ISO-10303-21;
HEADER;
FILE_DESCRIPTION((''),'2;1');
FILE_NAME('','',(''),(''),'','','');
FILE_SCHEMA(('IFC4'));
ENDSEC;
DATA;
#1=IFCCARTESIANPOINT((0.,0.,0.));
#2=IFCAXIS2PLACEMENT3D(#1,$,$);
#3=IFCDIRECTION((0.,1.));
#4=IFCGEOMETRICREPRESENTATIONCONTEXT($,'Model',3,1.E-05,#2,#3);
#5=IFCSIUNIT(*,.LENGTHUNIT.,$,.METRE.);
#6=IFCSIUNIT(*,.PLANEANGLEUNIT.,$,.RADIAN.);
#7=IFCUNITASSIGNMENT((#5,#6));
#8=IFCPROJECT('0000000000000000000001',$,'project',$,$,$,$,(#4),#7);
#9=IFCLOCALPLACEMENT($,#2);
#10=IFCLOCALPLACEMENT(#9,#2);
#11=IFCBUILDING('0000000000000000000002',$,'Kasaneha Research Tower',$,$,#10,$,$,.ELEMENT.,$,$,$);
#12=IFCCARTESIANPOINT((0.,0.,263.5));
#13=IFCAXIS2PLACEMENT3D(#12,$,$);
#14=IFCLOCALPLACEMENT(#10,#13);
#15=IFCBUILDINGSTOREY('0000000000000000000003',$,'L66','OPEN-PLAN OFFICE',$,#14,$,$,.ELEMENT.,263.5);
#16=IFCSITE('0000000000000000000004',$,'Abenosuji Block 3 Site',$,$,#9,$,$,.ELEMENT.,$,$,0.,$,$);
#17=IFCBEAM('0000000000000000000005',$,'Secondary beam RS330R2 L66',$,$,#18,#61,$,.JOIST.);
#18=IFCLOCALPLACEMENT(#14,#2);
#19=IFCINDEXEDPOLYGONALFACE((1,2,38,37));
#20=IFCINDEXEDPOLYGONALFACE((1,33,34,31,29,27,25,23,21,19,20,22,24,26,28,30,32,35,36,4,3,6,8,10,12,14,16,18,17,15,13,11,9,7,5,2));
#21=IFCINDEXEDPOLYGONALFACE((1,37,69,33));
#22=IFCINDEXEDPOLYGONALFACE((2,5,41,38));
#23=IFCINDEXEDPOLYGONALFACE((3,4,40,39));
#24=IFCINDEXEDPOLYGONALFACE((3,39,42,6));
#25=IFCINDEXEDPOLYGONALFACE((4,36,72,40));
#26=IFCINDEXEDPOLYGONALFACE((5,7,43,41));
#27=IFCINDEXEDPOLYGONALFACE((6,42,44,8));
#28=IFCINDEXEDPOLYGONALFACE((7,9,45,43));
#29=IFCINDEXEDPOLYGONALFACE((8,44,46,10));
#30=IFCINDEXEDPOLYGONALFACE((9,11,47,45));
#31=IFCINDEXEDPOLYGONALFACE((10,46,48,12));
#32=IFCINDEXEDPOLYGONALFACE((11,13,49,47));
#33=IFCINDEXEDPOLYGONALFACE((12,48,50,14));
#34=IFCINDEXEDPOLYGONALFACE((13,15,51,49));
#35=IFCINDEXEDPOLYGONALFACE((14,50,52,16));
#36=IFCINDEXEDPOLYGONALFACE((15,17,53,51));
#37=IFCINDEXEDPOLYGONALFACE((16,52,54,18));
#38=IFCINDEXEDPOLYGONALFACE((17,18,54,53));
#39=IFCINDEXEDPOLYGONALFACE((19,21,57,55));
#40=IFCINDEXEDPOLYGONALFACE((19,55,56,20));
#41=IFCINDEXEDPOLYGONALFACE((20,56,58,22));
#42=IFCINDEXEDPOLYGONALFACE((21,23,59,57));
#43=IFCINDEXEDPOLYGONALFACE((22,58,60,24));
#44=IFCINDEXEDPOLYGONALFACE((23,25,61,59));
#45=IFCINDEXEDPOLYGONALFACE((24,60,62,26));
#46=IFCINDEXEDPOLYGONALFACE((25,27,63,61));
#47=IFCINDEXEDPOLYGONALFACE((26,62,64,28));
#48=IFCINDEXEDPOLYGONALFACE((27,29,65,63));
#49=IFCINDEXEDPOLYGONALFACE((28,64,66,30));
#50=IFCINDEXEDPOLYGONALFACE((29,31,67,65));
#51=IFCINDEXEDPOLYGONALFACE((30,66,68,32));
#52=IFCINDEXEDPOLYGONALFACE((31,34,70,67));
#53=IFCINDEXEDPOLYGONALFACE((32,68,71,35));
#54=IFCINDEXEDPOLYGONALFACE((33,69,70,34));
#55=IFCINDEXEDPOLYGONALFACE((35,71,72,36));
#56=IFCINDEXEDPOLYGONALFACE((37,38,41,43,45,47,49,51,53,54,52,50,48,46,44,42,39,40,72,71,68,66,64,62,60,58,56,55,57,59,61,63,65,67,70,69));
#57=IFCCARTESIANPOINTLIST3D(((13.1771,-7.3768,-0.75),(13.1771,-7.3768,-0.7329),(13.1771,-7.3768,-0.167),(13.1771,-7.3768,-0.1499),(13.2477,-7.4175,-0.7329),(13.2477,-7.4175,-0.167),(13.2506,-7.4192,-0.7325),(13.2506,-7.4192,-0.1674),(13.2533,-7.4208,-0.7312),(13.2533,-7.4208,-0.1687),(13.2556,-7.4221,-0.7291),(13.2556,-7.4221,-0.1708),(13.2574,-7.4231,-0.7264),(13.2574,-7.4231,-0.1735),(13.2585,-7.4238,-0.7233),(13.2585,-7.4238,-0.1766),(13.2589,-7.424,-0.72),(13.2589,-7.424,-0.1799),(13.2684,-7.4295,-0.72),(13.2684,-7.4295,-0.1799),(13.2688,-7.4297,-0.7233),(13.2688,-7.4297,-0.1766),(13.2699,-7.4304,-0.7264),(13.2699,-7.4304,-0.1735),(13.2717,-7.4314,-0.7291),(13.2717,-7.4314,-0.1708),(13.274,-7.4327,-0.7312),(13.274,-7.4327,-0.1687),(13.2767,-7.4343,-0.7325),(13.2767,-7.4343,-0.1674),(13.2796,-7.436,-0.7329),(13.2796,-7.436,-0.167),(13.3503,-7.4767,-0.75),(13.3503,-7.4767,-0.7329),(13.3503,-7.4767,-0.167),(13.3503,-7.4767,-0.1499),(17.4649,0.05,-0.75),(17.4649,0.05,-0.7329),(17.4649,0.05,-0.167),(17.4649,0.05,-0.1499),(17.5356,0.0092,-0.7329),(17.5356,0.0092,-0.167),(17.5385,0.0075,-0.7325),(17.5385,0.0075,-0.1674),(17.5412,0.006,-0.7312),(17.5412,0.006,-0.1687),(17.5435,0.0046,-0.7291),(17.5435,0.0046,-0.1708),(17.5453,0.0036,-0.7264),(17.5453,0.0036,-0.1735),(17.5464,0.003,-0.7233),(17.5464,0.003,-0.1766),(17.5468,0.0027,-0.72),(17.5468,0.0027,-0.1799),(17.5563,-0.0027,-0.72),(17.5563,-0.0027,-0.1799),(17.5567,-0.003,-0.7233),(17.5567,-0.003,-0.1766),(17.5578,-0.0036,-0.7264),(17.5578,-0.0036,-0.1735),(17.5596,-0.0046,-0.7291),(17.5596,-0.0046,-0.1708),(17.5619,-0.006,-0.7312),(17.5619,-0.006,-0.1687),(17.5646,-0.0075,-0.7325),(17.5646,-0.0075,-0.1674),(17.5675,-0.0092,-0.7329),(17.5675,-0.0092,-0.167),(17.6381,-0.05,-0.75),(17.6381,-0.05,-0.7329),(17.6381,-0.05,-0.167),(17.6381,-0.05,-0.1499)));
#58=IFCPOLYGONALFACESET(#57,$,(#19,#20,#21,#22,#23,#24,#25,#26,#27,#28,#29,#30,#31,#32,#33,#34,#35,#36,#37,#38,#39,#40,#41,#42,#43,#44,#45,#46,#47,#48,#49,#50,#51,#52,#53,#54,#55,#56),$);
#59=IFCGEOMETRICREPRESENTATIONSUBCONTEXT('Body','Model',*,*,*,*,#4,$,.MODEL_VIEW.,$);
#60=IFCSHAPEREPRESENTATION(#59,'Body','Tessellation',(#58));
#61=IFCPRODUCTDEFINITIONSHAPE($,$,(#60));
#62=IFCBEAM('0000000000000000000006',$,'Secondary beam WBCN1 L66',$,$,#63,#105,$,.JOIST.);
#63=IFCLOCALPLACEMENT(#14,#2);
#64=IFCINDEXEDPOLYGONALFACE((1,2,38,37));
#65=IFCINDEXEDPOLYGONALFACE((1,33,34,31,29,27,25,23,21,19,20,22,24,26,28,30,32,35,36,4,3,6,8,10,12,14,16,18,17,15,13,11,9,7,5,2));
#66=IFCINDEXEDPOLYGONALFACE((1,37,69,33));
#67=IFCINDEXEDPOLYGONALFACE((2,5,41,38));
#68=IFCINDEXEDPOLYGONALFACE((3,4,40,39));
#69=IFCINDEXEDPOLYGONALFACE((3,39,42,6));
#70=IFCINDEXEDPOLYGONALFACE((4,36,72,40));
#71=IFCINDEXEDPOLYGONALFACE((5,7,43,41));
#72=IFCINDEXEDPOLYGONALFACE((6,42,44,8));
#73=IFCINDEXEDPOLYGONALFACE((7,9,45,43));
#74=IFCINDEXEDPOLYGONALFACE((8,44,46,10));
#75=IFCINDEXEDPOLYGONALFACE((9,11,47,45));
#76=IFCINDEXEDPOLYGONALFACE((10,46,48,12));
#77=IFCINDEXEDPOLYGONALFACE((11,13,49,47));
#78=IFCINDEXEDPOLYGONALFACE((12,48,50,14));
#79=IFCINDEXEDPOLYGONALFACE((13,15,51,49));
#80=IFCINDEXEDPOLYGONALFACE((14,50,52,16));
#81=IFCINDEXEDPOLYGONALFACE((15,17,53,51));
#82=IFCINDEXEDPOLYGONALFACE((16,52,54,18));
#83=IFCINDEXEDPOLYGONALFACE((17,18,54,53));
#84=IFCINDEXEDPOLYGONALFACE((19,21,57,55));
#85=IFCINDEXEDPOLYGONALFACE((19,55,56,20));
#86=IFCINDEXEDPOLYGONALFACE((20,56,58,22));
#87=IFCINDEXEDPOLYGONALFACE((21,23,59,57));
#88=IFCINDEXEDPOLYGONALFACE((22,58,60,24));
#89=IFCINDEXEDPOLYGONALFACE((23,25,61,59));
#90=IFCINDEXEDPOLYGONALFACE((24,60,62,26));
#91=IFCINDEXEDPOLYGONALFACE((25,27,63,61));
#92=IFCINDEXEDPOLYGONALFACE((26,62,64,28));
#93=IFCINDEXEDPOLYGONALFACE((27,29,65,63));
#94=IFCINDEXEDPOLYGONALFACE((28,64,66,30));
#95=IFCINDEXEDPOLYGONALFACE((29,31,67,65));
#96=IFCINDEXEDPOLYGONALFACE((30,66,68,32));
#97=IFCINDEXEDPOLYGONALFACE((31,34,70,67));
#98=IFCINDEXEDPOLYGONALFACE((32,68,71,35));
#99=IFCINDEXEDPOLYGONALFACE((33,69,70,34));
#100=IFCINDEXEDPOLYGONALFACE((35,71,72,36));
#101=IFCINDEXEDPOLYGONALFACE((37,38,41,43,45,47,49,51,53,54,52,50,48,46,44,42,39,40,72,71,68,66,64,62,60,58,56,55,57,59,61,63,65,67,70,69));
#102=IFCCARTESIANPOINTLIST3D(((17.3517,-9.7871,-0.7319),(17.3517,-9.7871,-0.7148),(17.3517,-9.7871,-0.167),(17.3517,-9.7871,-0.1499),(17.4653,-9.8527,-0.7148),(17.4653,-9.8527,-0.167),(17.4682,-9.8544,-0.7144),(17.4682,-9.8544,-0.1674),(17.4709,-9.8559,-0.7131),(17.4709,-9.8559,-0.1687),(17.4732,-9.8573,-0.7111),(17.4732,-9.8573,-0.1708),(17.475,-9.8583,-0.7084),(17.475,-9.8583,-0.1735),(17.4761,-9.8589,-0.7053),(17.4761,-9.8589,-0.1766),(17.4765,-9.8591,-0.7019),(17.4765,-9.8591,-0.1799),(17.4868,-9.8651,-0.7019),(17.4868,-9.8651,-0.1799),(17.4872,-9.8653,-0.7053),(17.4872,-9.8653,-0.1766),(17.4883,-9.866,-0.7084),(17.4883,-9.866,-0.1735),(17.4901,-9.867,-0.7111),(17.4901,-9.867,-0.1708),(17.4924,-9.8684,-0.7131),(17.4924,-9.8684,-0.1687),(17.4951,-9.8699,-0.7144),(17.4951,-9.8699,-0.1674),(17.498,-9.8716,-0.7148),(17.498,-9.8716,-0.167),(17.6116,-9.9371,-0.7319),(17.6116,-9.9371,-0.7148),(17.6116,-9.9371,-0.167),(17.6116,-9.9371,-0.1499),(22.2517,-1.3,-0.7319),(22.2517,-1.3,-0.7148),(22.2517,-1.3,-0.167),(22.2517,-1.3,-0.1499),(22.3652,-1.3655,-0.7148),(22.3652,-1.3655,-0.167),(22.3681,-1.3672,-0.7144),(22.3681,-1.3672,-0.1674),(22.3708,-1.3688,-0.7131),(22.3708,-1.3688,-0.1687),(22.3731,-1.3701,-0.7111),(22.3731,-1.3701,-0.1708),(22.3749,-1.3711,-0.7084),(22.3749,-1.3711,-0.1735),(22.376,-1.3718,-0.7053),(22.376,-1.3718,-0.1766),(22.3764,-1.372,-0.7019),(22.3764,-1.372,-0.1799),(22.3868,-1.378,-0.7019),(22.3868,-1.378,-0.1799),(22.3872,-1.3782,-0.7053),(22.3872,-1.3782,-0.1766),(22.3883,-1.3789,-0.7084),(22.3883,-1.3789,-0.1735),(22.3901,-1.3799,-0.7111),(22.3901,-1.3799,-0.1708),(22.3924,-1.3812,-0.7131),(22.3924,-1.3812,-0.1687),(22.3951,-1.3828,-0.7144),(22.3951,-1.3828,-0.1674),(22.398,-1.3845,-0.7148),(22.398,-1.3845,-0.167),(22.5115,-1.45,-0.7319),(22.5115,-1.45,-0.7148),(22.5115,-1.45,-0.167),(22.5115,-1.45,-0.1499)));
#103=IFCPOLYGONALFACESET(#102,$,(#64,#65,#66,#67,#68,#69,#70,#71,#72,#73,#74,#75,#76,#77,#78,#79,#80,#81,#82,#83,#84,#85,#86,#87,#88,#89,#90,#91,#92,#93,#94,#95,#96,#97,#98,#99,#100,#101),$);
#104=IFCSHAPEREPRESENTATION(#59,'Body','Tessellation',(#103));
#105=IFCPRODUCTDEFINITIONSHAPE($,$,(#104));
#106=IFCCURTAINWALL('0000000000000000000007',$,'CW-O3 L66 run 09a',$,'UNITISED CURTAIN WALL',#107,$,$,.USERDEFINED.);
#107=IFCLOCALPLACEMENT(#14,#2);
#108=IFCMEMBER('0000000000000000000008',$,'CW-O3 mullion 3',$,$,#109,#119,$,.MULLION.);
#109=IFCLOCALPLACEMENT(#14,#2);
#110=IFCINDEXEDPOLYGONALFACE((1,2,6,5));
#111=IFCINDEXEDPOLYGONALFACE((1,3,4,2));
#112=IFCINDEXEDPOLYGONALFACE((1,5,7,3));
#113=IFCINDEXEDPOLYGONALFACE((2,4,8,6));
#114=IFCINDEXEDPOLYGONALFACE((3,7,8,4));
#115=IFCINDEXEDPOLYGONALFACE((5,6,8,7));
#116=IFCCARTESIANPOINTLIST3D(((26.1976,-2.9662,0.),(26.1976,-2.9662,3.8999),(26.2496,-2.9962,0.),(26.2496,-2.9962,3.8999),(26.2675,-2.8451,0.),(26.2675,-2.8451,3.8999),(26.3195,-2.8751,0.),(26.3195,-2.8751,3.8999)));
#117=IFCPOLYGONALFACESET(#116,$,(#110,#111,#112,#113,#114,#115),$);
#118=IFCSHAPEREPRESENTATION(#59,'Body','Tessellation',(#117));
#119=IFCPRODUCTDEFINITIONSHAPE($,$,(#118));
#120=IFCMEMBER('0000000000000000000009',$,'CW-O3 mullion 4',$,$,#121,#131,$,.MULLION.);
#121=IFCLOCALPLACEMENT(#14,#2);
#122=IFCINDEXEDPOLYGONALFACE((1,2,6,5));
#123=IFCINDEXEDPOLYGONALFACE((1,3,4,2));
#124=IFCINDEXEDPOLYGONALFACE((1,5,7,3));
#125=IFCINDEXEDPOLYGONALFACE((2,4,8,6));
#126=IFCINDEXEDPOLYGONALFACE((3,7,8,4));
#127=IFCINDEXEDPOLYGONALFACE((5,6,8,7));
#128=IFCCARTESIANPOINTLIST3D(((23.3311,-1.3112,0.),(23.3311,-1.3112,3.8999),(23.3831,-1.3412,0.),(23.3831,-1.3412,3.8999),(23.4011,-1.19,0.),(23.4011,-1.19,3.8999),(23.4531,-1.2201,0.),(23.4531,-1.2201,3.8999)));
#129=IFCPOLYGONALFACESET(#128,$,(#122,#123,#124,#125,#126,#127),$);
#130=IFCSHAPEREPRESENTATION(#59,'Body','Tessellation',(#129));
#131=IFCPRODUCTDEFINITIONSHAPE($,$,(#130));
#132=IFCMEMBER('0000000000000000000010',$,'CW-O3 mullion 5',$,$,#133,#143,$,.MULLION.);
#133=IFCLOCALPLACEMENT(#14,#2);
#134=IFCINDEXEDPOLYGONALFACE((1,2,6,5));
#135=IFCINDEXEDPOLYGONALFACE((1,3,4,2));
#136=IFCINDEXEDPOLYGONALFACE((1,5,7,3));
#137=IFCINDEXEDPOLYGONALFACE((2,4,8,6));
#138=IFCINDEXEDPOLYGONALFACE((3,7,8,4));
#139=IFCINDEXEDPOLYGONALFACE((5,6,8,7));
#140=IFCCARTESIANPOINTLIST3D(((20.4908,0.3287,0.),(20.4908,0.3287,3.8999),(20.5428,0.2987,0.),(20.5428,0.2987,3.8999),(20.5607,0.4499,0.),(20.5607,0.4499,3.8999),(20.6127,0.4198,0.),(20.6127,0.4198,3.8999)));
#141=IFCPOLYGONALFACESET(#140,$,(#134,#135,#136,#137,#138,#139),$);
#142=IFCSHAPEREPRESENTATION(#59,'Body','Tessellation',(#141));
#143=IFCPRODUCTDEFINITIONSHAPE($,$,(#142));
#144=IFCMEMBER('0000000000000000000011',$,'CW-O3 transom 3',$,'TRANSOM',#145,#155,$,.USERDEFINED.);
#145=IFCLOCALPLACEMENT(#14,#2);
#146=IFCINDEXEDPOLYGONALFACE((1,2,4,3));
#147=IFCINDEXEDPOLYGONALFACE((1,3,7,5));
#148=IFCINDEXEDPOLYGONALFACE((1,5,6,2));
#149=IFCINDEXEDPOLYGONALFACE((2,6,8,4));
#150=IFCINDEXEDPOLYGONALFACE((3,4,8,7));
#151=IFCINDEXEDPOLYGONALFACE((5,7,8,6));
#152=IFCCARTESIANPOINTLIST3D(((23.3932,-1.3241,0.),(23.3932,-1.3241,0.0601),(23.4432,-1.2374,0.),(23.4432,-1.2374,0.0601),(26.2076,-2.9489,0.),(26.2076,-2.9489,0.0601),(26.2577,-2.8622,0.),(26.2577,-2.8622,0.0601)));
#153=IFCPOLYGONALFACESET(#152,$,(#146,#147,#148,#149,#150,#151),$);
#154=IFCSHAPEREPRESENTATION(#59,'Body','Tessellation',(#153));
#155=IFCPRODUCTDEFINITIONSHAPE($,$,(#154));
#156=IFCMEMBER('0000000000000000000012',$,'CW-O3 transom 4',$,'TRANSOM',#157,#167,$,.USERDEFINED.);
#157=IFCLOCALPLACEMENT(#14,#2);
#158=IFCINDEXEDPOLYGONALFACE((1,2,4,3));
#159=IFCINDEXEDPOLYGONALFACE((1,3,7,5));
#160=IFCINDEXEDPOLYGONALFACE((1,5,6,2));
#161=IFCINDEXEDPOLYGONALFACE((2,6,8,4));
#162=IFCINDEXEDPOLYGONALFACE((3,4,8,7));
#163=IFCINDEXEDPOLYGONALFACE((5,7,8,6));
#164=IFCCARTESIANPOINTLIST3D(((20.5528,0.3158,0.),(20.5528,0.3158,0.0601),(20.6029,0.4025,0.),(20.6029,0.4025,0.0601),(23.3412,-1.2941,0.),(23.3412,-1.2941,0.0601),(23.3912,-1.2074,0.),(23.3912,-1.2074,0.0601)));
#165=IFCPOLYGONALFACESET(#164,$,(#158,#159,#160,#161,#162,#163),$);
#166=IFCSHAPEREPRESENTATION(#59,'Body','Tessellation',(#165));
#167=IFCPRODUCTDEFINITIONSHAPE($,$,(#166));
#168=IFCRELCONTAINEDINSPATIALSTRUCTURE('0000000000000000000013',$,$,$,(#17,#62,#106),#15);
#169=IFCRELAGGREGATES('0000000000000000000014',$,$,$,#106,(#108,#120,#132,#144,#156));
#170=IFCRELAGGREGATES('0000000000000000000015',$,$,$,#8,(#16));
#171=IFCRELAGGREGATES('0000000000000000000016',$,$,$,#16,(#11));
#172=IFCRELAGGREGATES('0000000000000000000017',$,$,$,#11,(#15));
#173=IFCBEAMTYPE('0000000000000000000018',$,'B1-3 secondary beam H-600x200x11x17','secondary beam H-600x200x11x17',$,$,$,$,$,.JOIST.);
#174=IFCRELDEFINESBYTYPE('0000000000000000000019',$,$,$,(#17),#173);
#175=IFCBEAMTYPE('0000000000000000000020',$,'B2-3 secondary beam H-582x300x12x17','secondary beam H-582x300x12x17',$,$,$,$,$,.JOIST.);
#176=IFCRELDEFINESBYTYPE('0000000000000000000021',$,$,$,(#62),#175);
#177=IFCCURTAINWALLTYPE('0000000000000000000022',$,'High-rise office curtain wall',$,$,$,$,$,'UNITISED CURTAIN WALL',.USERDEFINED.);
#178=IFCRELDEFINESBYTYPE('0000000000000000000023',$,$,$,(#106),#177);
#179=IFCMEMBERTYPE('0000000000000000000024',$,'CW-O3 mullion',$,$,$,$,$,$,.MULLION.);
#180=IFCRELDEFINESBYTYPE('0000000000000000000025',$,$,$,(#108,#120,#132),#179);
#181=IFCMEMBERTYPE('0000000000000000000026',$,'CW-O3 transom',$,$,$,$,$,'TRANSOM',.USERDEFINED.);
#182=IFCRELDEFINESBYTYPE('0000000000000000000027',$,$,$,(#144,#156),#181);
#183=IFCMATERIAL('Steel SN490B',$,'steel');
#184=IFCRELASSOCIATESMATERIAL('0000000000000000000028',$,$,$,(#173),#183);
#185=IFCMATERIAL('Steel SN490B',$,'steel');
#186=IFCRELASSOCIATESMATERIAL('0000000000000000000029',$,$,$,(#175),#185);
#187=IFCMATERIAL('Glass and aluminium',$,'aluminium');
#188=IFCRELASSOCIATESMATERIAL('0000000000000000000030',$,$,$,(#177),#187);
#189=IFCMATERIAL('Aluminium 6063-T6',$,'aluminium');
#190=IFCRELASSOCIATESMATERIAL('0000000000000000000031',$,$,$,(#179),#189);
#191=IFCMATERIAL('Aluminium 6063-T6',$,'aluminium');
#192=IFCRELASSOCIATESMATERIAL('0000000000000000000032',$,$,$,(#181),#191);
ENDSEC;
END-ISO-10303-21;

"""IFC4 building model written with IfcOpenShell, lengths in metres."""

from ifc_helpers import new_model, si_unit, direction, frame, origin, origin_2d, place, context, subcontext, project, spatial, rectangle, i_section, extrude, material, material_profile, profile_set, type_object, element, aggregate, save


model = new_model("IFC4")

# Units and contexts
model_context = context("Model", 3, precision=1e-05, world=origin(), true_north=direction((0.0, 1.0)))
body_context = subcontext(model_context, "Body", "Model", "MODEL_VIEW")
ifc_project = project(units=[si_unit("LENGTHUNIT", "METRE"), si_unit("PLANEANGLEUNIT", "RADIAN")], contexts=[model_context])

# Site, building, storey
site_placement = place(None, origin())
site = spatial("IfcSite", under=ifc_project, at=site_placement, Name="Abenosuji Block 3 Site", CompositionType="ELEMENT", RefElevation=0.0)
building_placement = place(site_placement, origin())
building = spatial("IfcBuilding", under=site, at=building_placement, Name="Kasaneha Research Tower", CompositionType="ELEMENT")
storey_placement = place(building_placement, frame((0.0, 0.0, 263.5)))
storey = spatial("IfcBuildingStorey", under=building, at=storey_placement, Name="L66", Description="OPEN-PLAN OFFICE", CompositionType="ELEMENT", Elevation=263.5)

# Beams
ifc_material_1 = material(Name="Steel SN490B", Category="steel")
ifc_material_profile_1 = material_profile(ifc_material_1, i_section(OverallWidth=0.2, OverallDepth=0.6001, WebThickness=0.011, FlangeThickness=0.0171, FilletRadius=0.0129, at=origin_2d()), Name="H-600x200x11x17")
ifc_profile_set_1 = profile_set([ifc_material_profile_1], Name="Steel SN490B")
beam_type_1 = type_object("IfcBeamType", Name="B1-3 secondary beam H-600x200x11x17", Description="secondary beam H-600x200x11x17", PredefinedType="JOIST", material=ifc_profile_set_1)
beam_1_placement = place(storey_placement, frame((17.5515, 0.0, -0.45), z_axis=(-0.5, -0.866025, 0.0), x_axis=(0.866025, -0.5, 0.0)))
element("IfcBeam", 1, at=beam_1_placement, inside=storey, type_object=beam_type_1, Name="Secondary beam RS330R2 L66", PredefinedType="JOIST", context=body_context, shape_type="SweptSolid", body=[
    extrude(i_section(OverallWidth=0.2, OverallDepth=0.6001, WebThickness=0.011, FlangeThickness=0.0171, FilletRadius=0.0129, at=origin_2d()), origin(), (0.0, 0.0, 1.0), 8.5757),
])
ifc_material_2 = material(Name="Steel SN490B", Category="steel")
ifc_material_profile_2 = material_profile(ifc_material_2, i_section(OverallWidth=0.3, OverallDepth=0.582, WebThickness=0.012, FlangeThickness=0.0171, FilletRadius=0.0129, at=origin_2d()), Name="H-582x300x12x17")
ifc_profile_set_2 = profile_set([ifc_material_profile_2], Name="Steel SN490B")
beam_type_2 = type_object("IfcBeamType", Name="B2-3 secondary beam H-582x300x12x17", Description="secondary beam H-582x300x12x17", PredefinedType="JOIST", material=ifc_profile_set_2)
beam_2_placement = place(storey_placement, frame((22.3816, -1.375, -0.4409), z_axis=(-0.499992, -0.86603, 0.0), x_axis=(0.86603, -0.499992, 0.0)))
element("IfcBeam", 2, at=beam_2_placement, inside=storey, type_object=beam_type_2, Name="Secondary beam WBCN1 L66", PredefinedType="JOIST", context=body_context, shape_type="SweptSolid", body=[
    extrude(i_section(OverallWidth=0.3, OverallDepth=0.582, WebThickness=0.012, FlangeThickness=0.0171, FilletRadius=0.0129, at=origin_2d()), origin(), (0.0, 0.0, 1.0), 9.8),
])

# Curtain wall, members
ifc_material_3 = material(Name="Glass and aluminium", Category="aluminium")
curtain_wall_type = type_object("IfcCurtainWallType", Name="High-rise office curtain wall", ElementType="UNITISED CURTAIN WALL", PredefinedType="USERDEFINED", material=ifc_material_3)
curtain_wall_placement = place(storey_placement, origin())
curtain_wall = element("IfcCurtainWall", 3, at=curtain_wall_placement, inside=storey, type_object=curtain_wall_type, Name="CW-O3 L66 run 09a", ObjectType="UNITISED CURTAIN WALL", PredefinedType="USERDEFINED")
ifc_material_4 = material(Name="Aluminium 6063-T6", Category="aluminium")
ifc_material_profile_3 = material_profile(ifc_material_4, rectangle(XDim=0.0601, YDim=0.1399, at=origin_2d()), Name="CW-O3 mullion 60x140")
ifc_profile_set_3 = profile_set([ifc_material_profile_3], Name="Aluminium 6063-T6")
member_type_1 = type_object("IfcMemberType", Name="CW-O3 mullion", PredefinedType="MULLION", material=ifc_profile_set_3)
member_1_placement = place(storey_placement, frame((26.2585, -2.9207, 0.0), z_axis=(0.0, 0.0, 1.0), x_axis=(-0.866025, 0.5, 0.0)))
member_1 = element("IfcMember", 4, at=member_1_placement, type_object=member_type_1, Name="CW-O3 mullion 3", PredefinedType="MULLION", context=body_context, shape_type="SweptSolid", body=[
    extrude(rectangle(XDim=0.0601, YDim=0.1399, at=origin_2d()), origin(), (0.0, 0.0, 1.0), 3.8999),
])
member_2_placement = place(storey_placement, frame((23.3921, -1.2656, 0.0), z_axis=(0.0, 0.0, 1.0), x_axis=(-0.866025, 0.5, 0.0)))
member_2 = element("IfcMember", 5, at=member_2_placement, type_object=member_type_1, Name="CW-O3 mullion 4", PredefinedType="MULLION", context=body_context, shape_type="SweptSolid", body=[
    extrude(rectangle(XDim=0.0601, YDim=0.1399, at=origin_2d()), origin(), (0.0, 0.0, 1.0), 3.8999),
])
member_3_placement = place(storey_placement, frame((20.5518, 0.3743, 0.0), z_axis=(0.0, 0.0, 1.0), x_axis=(-0.866025, 0.5, 0.0)))
member_3 = element("IfcMember", 6, at=member_3_placement, type_object=member_type_1, Name="CW-O3 mullion 5", PredefinedType="MULLION", context=body_context, shape_type="SweptSolid", body=[
    extrude(rectangle(XDim=0.0601, YDim=0.1399, at=origin_2d()), origin(), (0.0, 0.0, 1.0), 3.8999),
])
ifc_material_5 = material(Name="Aluminium 6063-T6", Category="aluminium")
ifc_material_profile_4 = material_profile(ifc_material_5, rectangle(XDim=0.1001, YDim=0.0601, at=origin_2d()), Name="CW-O3 transom 100x60")
ifc_profile_set_4 = profile_set([ifc_material_profile_4], Name="Aluminium 6063-T6")
member_type_2 = type_object("IfcMemberType", Name="CW-O3 transom", ElementType="TRANSOM", PredefinedType="USERDEFINED", material=ifc_profile_set_4)
member_4_placement = place(storey_placement, frame((26.2327, -2.9055, 0.03), z_axis=(-0.866048, 0.499961, 0.0), x_axis=(-0.499961, -0.866048, 0.0)))
member_4 = element("IfcMember", 7, at=member_4_placement, type_object=member_type_2, Name="CW-O3 transom 3", ObjectType="TRANSOM", PredefinedType="USERDEFINED", context=body_context, shape_type="SweptSolid", body=[
    extrude(rectangle(XDim=0.1001, YDim=0.0601, at=origin_2d()), origin(), (0.0, 0.0, 1.0), 3.2498),
])
member_5_placement = place(storey_placement, frame((23.3662, -1.2507, 0.03), z_axis=(-0.866023, 0.500005, 0.0), x_axis=(-0.500005, -0.866023, 0.0)))
member_5 = element("IfcMember", 8, at=member_5_placement, type_object=member_type_2, Name="CW-O3 transom 4", ObjectType="TRANSOM", PredefinedType="USERDEFINED", context=body_context, shape_type="SweptSolid", body=[
    extrude(rectangle(XDim=0.1001, YDim=0.0601, at=origin_2d()), origin(), (0.0, 0.0, 1.0), 3.2197),
])

aggregate(curtain_wall, [member_1, member_2, member_3, member_4, member_5])

save(model, "model.ifc")
